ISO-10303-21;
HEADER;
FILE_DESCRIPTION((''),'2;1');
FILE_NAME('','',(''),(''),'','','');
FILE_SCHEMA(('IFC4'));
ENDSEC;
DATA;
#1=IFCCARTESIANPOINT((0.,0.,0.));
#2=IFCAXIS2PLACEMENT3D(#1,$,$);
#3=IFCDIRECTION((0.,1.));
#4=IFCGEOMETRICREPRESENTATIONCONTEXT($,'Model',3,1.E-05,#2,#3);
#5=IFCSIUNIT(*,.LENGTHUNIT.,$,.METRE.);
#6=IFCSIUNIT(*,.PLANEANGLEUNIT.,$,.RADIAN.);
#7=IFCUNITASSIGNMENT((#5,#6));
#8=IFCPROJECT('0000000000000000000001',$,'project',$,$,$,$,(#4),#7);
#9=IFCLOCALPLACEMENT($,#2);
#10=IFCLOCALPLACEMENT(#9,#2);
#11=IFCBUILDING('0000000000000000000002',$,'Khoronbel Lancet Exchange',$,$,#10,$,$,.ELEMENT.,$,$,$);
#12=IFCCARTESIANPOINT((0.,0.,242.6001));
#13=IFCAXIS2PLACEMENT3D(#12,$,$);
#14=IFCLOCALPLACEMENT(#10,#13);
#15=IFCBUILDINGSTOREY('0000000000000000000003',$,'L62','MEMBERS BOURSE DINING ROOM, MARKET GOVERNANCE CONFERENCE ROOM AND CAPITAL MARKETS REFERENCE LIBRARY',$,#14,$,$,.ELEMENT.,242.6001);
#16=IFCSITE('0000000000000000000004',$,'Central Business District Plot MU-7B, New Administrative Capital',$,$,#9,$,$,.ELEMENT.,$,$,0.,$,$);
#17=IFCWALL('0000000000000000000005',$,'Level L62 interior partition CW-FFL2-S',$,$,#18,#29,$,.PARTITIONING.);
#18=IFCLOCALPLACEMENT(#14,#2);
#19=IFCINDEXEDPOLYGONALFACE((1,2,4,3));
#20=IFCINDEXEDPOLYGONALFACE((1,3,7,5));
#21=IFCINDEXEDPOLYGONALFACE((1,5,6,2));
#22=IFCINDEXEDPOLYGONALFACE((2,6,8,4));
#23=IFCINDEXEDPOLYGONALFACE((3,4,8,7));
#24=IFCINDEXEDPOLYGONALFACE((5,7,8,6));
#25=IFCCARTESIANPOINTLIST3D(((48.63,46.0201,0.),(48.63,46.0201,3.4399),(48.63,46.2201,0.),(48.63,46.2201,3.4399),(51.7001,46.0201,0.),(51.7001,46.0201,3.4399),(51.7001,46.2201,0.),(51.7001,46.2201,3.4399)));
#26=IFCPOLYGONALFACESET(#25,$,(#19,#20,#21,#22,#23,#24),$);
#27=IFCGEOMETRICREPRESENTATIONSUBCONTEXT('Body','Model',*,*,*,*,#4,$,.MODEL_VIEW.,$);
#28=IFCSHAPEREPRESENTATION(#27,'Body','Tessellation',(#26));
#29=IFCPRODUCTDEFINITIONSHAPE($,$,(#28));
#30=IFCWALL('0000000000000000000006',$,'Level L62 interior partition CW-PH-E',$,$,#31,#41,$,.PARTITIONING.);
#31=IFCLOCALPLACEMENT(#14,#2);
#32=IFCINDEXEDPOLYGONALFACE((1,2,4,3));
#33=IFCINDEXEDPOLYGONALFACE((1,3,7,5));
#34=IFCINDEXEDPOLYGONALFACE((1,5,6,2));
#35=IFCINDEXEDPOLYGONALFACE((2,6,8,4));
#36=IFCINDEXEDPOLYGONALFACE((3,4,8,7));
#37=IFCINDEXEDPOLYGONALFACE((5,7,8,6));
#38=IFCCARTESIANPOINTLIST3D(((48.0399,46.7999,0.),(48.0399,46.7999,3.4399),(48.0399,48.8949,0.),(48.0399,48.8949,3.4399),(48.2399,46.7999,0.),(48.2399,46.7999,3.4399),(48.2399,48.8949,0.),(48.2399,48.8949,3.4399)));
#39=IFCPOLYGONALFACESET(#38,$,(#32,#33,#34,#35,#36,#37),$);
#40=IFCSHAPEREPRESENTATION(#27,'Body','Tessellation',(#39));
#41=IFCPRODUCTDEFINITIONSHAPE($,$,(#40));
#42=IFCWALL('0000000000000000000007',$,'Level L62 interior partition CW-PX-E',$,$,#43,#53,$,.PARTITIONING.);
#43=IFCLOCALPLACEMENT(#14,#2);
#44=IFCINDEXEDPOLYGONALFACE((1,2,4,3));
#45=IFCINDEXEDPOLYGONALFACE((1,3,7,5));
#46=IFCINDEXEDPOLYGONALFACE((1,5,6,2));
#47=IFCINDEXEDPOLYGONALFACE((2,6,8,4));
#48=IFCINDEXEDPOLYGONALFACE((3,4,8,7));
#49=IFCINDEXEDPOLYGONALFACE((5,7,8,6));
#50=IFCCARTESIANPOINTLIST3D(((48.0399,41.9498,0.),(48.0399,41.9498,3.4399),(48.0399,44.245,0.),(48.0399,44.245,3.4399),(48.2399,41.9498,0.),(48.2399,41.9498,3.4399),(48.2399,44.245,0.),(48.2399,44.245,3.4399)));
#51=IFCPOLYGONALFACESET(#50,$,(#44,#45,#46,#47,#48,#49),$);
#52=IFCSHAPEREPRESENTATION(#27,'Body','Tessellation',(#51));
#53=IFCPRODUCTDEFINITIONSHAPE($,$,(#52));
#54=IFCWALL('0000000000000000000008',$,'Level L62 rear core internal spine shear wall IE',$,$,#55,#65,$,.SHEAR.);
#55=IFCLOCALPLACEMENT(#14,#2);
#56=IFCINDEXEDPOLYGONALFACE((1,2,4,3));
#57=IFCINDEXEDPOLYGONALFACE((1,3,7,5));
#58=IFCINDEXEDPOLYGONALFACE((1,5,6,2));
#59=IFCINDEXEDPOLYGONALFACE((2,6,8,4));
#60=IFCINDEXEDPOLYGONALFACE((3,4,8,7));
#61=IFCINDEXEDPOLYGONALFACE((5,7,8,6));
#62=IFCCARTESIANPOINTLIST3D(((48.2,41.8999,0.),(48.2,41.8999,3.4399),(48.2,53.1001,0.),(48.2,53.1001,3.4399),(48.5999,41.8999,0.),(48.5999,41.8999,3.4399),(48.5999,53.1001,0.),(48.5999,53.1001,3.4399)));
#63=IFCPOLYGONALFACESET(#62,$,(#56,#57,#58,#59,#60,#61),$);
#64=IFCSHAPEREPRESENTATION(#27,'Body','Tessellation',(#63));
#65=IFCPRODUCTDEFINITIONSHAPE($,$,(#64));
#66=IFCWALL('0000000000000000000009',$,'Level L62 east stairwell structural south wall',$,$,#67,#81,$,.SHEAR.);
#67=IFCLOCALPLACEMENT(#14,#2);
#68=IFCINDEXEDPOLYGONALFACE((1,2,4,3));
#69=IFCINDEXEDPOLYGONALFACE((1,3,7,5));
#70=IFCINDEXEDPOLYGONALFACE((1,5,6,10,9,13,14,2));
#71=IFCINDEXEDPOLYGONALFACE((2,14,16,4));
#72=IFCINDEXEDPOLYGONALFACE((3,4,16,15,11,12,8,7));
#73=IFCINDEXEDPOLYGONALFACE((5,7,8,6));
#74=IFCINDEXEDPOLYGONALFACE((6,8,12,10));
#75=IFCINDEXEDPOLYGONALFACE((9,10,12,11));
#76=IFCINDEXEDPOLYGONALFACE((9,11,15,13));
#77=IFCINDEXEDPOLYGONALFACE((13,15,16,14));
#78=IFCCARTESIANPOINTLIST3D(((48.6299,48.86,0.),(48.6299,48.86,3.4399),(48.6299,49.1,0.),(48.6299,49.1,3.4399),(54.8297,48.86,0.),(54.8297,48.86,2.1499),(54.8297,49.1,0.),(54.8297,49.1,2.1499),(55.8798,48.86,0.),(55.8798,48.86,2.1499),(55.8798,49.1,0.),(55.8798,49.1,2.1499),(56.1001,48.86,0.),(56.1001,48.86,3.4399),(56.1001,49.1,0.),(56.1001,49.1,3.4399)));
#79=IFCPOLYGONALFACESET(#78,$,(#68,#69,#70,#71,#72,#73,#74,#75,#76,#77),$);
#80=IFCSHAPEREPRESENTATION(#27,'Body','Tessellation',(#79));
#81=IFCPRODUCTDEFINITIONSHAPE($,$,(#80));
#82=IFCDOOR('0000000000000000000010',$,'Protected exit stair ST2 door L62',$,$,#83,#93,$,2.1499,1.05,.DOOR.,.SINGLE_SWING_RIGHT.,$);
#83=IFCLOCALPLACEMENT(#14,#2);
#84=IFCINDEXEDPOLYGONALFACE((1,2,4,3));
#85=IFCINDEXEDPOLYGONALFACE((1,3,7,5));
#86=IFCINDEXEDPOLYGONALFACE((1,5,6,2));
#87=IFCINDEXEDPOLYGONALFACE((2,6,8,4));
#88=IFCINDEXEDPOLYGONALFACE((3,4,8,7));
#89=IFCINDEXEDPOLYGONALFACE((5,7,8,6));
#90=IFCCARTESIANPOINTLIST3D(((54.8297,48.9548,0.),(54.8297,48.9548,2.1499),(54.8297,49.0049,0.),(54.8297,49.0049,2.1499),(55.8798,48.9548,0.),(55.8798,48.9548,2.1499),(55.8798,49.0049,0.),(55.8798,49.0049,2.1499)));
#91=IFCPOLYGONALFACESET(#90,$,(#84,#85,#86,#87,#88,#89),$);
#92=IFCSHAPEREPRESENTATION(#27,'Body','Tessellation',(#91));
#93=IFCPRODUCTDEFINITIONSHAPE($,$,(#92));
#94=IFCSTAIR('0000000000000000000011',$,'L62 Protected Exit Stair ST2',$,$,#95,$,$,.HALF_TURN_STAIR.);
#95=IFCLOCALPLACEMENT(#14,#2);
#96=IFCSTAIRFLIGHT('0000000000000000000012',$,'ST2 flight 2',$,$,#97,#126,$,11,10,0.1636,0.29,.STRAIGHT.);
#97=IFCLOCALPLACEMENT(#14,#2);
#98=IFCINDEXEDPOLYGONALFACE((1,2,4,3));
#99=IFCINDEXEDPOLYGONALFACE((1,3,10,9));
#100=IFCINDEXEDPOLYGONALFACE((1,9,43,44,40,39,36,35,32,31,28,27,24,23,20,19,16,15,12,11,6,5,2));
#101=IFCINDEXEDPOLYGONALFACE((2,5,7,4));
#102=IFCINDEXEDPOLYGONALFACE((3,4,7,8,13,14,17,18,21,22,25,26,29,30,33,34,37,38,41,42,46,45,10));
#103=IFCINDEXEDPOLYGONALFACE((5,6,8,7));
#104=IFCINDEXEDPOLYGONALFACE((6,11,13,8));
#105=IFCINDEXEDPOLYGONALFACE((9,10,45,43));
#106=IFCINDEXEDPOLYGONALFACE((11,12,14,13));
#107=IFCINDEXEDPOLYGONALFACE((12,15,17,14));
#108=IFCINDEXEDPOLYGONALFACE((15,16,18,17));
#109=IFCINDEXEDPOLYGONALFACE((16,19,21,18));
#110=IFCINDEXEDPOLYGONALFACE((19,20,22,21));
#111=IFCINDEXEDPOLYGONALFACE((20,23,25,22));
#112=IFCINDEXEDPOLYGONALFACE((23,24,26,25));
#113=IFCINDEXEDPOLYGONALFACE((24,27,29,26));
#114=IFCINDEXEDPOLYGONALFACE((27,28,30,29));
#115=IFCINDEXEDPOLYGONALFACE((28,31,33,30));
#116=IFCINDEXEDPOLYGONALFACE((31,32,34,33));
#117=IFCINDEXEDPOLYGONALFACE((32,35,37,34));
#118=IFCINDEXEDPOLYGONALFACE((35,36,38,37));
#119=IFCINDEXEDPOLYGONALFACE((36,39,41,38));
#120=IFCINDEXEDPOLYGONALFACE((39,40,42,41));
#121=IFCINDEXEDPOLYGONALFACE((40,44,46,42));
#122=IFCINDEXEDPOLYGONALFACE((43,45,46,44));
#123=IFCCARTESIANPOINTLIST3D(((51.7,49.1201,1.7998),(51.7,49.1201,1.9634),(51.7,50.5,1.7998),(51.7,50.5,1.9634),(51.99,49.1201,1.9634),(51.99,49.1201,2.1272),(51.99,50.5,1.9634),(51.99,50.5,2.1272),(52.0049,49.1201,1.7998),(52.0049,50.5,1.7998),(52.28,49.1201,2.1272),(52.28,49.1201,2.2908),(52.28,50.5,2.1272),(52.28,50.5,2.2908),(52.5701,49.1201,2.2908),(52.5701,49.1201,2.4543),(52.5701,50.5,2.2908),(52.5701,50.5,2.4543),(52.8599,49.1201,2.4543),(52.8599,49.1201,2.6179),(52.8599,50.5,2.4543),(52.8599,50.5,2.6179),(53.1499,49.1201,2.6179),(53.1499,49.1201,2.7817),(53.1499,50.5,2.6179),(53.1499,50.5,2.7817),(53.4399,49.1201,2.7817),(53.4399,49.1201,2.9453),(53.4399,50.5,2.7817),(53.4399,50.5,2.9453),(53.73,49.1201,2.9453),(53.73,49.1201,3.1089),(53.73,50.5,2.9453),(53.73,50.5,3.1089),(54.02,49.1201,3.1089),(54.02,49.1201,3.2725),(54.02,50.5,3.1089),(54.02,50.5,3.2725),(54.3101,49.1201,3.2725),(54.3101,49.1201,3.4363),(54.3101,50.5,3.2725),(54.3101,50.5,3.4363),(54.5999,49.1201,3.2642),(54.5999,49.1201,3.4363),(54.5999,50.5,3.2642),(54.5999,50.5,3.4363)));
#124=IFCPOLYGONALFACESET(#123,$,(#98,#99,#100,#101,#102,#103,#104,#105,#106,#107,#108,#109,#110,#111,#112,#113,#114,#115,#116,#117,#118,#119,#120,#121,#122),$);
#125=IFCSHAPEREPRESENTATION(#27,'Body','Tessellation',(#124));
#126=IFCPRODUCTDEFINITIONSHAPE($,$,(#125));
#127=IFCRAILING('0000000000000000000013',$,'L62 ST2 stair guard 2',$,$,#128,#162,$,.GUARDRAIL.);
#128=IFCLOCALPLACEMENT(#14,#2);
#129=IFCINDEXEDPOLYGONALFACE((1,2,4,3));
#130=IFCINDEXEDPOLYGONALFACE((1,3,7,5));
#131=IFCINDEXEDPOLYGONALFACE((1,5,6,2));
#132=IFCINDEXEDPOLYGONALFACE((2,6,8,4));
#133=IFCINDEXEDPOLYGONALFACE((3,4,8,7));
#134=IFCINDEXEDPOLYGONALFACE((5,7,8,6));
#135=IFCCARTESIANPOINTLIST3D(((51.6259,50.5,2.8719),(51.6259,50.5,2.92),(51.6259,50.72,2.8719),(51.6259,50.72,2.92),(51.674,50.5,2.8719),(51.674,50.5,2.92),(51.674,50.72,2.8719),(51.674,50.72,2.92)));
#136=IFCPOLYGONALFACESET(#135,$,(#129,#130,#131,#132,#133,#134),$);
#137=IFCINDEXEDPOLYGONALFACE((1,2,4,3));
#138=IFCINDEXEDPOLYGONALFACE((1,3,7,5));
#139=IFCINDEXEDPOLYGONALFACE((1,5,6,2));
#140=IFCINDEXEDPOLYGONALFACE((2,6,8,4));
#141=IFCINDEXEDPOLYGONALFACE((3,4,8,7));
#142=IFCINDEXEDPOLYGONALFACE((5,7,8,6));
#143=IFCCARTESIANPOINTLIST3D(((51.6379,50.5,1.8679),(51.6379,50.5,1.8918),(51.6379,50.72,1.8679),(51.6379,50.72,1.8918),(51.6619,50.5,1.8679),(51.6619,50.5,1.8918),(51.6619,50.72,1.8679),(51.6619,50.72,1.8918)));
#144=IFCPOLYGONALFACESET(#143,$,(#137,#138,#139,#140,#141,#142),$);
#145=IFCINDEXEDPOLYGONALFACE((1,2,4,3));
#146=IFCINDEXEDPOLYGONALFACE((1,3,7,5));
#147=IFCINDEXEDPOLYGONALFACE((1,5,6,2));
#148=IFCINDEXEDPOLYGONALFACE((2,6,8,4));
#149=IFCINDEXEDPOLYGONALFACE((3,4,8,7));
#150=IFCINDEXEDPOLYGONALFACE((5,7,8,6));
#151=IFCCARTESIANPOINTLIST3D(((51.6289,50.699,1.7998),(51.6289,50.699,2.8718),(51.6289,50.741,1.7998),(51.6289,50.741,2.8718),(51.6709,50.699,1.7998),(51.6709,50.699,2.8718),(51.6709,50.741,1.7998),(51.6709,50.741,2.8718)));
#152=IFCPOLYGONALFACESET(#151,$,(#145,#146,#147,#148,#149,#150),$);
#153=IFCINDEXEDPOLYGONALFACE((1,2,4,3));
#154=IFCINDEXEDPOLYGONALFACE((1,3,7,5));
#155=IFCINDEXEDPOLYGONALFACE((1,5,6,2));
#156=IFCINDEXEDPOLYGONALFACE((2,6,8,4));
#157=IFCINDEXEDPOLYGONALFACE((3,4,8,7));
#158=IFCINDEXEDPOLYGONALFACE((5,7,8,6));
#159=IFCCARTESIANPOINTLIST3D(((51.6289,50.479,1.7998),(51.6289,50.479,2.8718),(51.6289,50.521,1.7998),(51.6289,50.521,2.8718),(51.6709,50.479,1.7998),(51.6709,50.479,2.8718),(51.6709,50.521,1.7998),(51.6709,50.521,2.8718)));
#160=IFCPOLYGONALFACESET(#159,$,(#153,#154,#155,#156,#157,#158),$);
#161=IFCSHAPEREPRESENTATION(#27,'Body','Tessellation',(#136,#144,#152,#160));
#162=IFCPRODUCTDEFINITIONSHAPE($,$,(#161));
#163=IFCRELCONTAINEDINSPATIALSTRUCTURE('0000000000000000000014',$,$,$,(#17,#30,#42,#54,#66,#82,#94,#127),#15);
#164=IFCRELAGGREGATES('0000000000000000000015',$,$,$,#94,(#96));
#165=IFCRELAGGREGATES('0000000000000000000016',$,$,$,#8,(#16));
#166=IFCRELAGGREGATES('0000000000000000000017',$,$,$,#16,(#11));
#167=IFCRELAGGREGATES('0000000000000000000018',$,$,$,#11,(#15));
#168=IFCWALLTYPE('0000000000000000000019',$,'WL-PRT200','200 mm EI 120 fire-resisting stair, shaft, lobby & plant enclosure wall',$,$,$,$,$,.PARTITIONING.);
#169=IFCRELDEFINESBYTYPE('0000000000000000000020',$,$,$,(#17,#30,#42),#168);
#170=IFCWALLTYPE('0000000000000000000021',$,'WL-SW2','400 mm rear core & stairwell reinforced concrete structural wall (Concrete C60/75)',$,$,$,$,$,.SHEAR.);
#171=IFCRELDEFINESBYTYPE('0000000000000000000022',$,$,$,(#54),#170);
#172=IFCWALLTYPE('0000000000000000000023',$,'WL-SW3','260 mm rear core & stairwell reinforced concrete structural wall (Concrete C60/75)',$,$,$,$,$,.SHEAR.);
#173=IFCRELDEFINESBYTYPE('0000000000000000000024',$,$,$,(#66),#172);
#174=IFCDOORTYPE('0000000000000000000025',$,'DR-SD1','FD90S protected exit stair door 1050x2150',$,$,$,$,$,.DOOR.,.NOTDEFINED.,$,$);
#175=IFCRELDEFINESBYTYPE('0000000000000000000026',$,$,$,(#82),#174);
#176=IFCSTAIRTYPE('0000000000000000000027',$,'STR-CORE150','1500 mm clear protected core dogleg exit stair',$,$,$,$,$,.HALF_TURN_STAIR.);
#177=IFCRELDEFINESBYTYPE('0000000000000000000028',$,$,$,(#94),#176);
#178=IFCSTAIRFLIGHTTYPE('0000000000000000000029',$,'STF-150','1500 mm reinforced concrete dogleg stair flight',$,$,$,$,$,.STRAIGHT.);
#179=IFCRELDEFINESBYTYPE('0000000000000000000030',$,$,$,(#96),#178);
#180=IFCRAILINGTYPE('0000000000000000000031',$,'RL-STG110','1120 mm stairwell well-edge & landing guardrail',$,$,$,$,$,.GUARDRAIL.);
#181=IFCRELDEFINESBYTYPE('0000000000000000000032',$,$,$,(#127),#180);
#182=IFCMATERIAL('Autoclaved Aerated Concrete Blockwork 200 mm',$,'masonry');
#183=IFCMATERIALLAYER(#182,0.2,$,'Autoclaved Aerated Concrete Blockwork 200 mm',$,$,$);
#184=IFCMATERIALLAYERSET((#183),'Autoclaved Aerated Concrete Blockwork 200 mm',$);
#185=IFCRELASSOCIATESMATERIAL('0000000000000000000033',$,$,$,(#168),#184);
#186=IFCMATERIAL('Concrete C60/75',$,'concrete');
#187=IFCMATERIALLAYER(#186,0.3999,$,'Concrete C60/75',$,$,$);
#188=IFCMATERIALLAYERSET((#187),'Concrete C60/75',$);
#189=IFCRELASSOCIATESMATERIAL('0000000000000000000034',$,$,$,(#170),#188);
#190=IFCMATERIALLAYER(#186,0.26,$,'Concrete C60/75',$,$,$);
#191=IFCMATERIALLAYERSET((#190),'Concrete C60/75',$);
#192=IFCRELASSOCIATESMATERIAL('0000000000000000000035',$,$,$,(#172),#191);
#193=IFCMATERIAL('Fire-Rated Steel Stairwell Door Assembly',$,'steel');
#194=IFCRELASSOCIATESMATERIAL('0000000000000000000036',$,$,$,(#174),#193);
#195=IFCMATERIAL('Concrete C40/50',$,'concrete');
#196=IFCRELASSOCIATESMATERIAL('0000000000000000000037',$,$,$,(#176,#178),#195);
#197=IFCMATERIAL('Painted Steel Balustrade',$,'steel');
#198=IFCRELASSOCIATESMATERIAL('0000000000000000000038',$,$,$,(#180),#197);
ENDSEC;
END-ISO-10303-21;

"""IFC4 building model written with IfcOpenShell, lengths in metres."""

from ifc_helpers import new_model, si_unit, direction, frame, frame_2d, origin, origin_2d, place, context, subcontext, project, spatial, polyline, rectangle, outline, extrude, material, layer, layer_set, type_object, element, fill, aggregate, save


model = new_model("IFC4")

# Units and contexts
model_context = context("Model", 3, precision=1e-05, world=origin(), true_north=direction((0.0, 1.0)))
body_context = subcontext(model_context, "Body", "Model", "MODEL_VIEW")
ifc_project = project(units=[si_unit("LENGTHUNIT", "METRE"), si_unit("PLANEANGLEUNIT", "RADIAN")], contexts=[model_context])

# Site, building, storey
site_placement = place(None, origin())
site = spatial("IfcSite", under=ifc_project, at=site_placement, Name="Central Business District Plot MU-7B, New Administrative Capital", CompositionType="ELEMENT", RefElevation=0.0)
building_placement = place(site_placement, origin())
building = spatial("IfcBuilding", under=site, at=building_placement, Name="Khoronbel Lancet Exchange", CompositionType="ELEMENT")
storey_placement = place(building_placement, frame((0.0, 0.0, 242.6001)))
storey = spatial("IfcBuildingStorey", under=building, at=storey_placement, Name="L62", Description="MEMBERS BOURSE DINING ROOM, MARKET GOVERNANCE CONFERENCE ROOM AND CAPITAL MARKETS REFERENCE LIBRARY", CompositionType="ELEMENT", Elevation=242.6001)

# Shared definitions
ifc_material_1 = material(Name="Autoclaved Aerated Concrete Blockwork 200 mm", Category="masonry")
ifc_layer_1 = layer(ifc_material_1, 0.2, Name="Autoclaved Aerated Concrete Blockwork 200 mm")
ifc_layer_set_1 = layer_set([ifc_layer_1], Name="Autoclaved Aerated Concrete Blockwork 200 mm")
wall_type_1 = type_object("IfcWallType", Name="WL-PRT200", Description="200 mm EI 120 fire-resisting stair, shaft, lobby & plant enclosure wall", PredefinedType="PARTITIONING", material=ifc_layer_set_1)

# Walls
wall_1_placement = place(storey_placement, frame((48.6299, 46.1201, 0.0), z_axis=(0.0, 0.0, 1.0), x_axis=(1.0, 0.0, 0.0)))
element("IfcWall", 1, at=wall_1_placement, inside=storey, type_object=wall_type_1, Name="Level L62 interior partition CW-FFL2-S", PredefinedType="PARTITIONING", context=body_context, shape_type="SweptSolid", body=[
    extrude(rectangle(XDim=3.0701, YDim=0.2, at=frame_2d((1.5352, 0.0))), origin(), (0.0, 0.0, 1.0), 3.4399),
])
wall_2_placement = place(storey_placement, frame((48.1399, 46.8, 0.0), z_axis=(0.0, 0.0, 1.0), x_axis=(0.0, 1.0, 0.0)))
element("IfcWall", 2, at=wall_2_placement, inside=storey, type_object=wall_type_1, Name="Level L62 interior partition CW-PH-E", PredefinedType="PARTITIONING", context=body_context, shape_type="SweptSolid", body=[
    extrude(rectangle(XDim=2.095, YDim=0.2, at=frame_2d((1.0474, 0.0))), origin(), (0.0, 0.0, 1.0), 3.4399),
])
wall_3_placement = place(storey_placement, frame((48.1399, 41.95, 0.0), z_axis=(0.0, 0.0, 1.0), x_axis=(0.0, 1.0, 0.0)))
element("IfcWall", 3, at=wall_3_placement, inside=storey, type_object=wall_type_1, Name="Level L62 interior partition CW-PX-E", PredefinedType="PARTITIONING", context=body_context, shape_type="SweptSolid", body=[
    extrude(rectangle(XDim=2.2952, YDim=0.2, at=frame_2d((1.1475, 0.0))), origin(), (0.0, 0.0, 1.0), 3.4399),
])
ifc_material_2 = material(Name="Concrete C60/75", Category="concrete")
ifc_layer_2 = layer(ifc_material_2, 0.3999, Name="Concrete C60/75")
ifc_layer_set_2 = layer_set([ifc_layer_2], Name="Concrete C60/75")
wall_type_2 = type_object("IfcWallType", Name="WL-SW2", Description="400 mm rear core & stairwell reinforced concrete structural wall (Concrete C60/75)", PredefinedType="SHEAR", material=ifc_layer_set_2)
wall_4_placement = place(storey_placement, frame((48.3999, 41.8999, 0.0), z_axis=(0.0, 0.0, 1.0), x_axis=(0.0, 1.0, 0.0)))
element("IfcWall", 4, at=wall_4_placement, inside=storey, type_object=wall_type_2, Name="Level L62 rear core internal spine shear wall IE", PredefinedType="SHEAR", context=body_context, shape_type="SweptSolid", body=[
    extrude(rectangle(XDim=11.2002, YDim=0.3999, at=frame_2d((5.6001, 0.0))), origin(), (0.0, 0.0, 1.0), 3.4399),
])

# Wall, opening, door
ifc_layer_3 = layer(ifc_material_2, 0.26, Name="Concrete C60/75")
ifc_layer_set_3 = layer_set([ifc_layer_3], Name="Concrete C60/75")
wall_type_3 = type_object("IfcWallType", Name="WL-SW3", Description="260 mm rear core & stairwell reinforced concrete structural wall (Concrete C60/75)", PredefinedType="SHEAR", material=ifc_layer_set_3)
wall_5_placement = place(storey_placement, frame((48.6299, 48.98, 0.0), z_axis=(0.0, 0.0, 1.0), x_axis=(1.0, 0.0, 0.0)))
wall_5 = element("IfcWall", 5, at=wall_5_placement, inside=storey, type_object=wall_type_3, Name="Level L62 east stairwell structural south wall", PredefinedType="SHEAR", context=body_context, shape_type="SweptSolid", body=[
    extrude(rectangle(XDim=7.4702, YDim=0.24, at=frame_2d((3.7351, 0.0))), origin(), (0.0, 0.0, 1.0), 3.4399),
])
opening_1_placement = place(wall_5_placement, frame((6.2, 0.0, 0.0)))
opening_1 = element("IfcOpeningElement", 6, at=opening_1_placement, cuts=wall_5, PredefinedType="OPENING", context=body_context, shape_type="SweptSolid", body=[
    extrude(rectangle(XDim=1.05, YDim=2.1499, at=frame_2d((0.5249, 1.075))), frame((0.0, 0.1299, 0.0), z_axis=(0.0, -1.0, 0.0), x_axis=(1.0, 0.0, 0.0)), (0.0, 0.0, 1.0), 0.26),
])
ifc_material_3 = material(Name="Fire-Rated Steel Stairwell Door Assembly", Category="steel")
door_type_1 = type_object("IfcDoorType", Name="DR-SD1", Description="FD90S protected exit stair door 1050x2150", OperationType="NOTDEFINED", PredefinedType="DOOR", material=ifc_material_3)
door_1_placement = place(opening_1_placement, origin())
door_1 = element("IfcDoor", 7, at=door_1_placement, inside=storey, type_object=door_type_1, Name="Protected exit stair ST2 door L62", OperationType="SINGLE_SWING_RIGHT", OverallHeight=2.1499, OverallWidth=1.05, PredefinedType="DOOR", context=body_context, shape_type="SweptSolid", body=[
    extrude(rectangle(XDim=1.05, YDim=2.1499, at=frame_2d((0.5249, 1.075))), frame((0.0, 0.0249, 0.0), z_axis=(0.0, -1.0, 0.0), x_axis=(1.0, 0.0, 0.0)), (0.0, 0.0, 1.0), 0.05),
])
fill(opening_1, door_1)

# Stair, stair flight
ifc_material_4 = material(Name="Concrete C40/50", Category="concrete")
stair_type = type_object("IfcStairType", Name="STR-CORE150", Description="1500 mm clear protected core dogleg exit stair", PredefinedType="HALF_TURN_STAIR", material=ifc_material_4)
stair_placement = place(storey_placement, origin())
stair = element("IfcStair", 8, at=stair_placement, inside=storey, type_object=stair_type, Name="L62 Protected Exit Stair ST2", PredefinedType="HALF_TURN_STAIR")
stair_flight_type = type_object("IfcStairFlightType", Name="STF-150", Description="1500 mm reinforced concrete dogleg stair flight", PredefinedType="STRAIGHT", material=ifc_material_4)
stair_flight_placement = place(storey_placement, frame((51.7, 49.8101, 1.7998), z_axis=(0.0, 0.0, 1.0), x_axis=(1.0, 0.0, 0.0)))
stair_flight = element("IfcStairFlight", 9, at=stair_flight_placement, type_object=stair_flight_type, Name="ST2 flight 2", NumberOfRisers=11, NumberOfTreads=10, PredefinedType="STRAIGHT", RiserHeight=0.1636, TreadLength=0.29, context=body_context, shape_type="SweptSolid", body=[
    extrude(outline(polyline([(0.0, 0.0), (0.0, 0.1636), (0.29, 0.1636), (0.29, 0.3274), (0.5801, 0.3274), (0.5801, 0.491), (0.8701, 0.491), (0.8701, 0.6545), (1.1599, 0.6545), (1.1599, 0.8181), (1.45, 0.8181), (1.45, 0.9819), (1.74, 0.9819), (1.74, 1.1455), (2.03, 1.1455), (2.03, 1.3091), (2.3201, 1.3091), (2.3201, 1.4727), (2.6101, 1.4727), (2.6101, 1.6365), (2.8999, 1.6365), (2.8999, 1.8), (2.8999, 1.4644), (0.3049, 0.0), (0.0, 0.0)])), frame((0.0, 0.6899, 0.0), z_axis=(0.0, -1.0, 0.0), x_axis=(1.0, 0.0, 0.0)), (0.0, 0.0, 1.0), 1.3799),
])
aggregate(stair, [stair_flight])

# Railing
ifc_material_5 = material(Name="Painted Steel Balustrade", Category="steel")
railing_type_1 = type_object("IfcRailingType", Name="RL-STG110", Description="1120 mm stairwell well-edge & landing guardrail", PredefinedType="GUARDRAIL", material=ifc_material_5)
railing_1_placement = place(storey_placement, frame((51.6499, 50.72, 1.7998)))
element("IfcRailing", 10, at=railing_1_placement, inside=storey, type_object=railing_type_1, Name="L62 ST2 stair guard 2", PredefinedType="GUARDRAIL", context=body_context, shape_type="SweptSolid", body=[
    extrude(rectangle(XDim=0.0481, YDim=0.0481, at=origin_2d()), frame((0.0, 0.0, 1.0962), z_axis=(0.0, -1.0, 0.0), x_axis=(1.0, 0.0, 0.0)), (0.0, 0.0, 1.0), 0.22),
    extrude(rectangle(XDim=0.0239, YDim=0.0239, at=origin_2d()), frame((0.0, 0.0, 0.0801), z_axis=(0.0, -1.0, 0.0), x_axis=(1.0, 0.0, 0.0)), (0.0, 0.0, 1.0), 0.22),
    extrude(rectangle(XDim=0.042, YDim=0.042, at=origin_2d()), origin(), (0.0, 0.0, 1.0), 1.072),
    extrude(rectangle(XDim=0.042, YDim=0.042, at=origin_2d()), frame((0.0, -0.22, 0.0)), (0.0, 0.0, 1.0), 1.072),
])

save(model, "model.ifc")
